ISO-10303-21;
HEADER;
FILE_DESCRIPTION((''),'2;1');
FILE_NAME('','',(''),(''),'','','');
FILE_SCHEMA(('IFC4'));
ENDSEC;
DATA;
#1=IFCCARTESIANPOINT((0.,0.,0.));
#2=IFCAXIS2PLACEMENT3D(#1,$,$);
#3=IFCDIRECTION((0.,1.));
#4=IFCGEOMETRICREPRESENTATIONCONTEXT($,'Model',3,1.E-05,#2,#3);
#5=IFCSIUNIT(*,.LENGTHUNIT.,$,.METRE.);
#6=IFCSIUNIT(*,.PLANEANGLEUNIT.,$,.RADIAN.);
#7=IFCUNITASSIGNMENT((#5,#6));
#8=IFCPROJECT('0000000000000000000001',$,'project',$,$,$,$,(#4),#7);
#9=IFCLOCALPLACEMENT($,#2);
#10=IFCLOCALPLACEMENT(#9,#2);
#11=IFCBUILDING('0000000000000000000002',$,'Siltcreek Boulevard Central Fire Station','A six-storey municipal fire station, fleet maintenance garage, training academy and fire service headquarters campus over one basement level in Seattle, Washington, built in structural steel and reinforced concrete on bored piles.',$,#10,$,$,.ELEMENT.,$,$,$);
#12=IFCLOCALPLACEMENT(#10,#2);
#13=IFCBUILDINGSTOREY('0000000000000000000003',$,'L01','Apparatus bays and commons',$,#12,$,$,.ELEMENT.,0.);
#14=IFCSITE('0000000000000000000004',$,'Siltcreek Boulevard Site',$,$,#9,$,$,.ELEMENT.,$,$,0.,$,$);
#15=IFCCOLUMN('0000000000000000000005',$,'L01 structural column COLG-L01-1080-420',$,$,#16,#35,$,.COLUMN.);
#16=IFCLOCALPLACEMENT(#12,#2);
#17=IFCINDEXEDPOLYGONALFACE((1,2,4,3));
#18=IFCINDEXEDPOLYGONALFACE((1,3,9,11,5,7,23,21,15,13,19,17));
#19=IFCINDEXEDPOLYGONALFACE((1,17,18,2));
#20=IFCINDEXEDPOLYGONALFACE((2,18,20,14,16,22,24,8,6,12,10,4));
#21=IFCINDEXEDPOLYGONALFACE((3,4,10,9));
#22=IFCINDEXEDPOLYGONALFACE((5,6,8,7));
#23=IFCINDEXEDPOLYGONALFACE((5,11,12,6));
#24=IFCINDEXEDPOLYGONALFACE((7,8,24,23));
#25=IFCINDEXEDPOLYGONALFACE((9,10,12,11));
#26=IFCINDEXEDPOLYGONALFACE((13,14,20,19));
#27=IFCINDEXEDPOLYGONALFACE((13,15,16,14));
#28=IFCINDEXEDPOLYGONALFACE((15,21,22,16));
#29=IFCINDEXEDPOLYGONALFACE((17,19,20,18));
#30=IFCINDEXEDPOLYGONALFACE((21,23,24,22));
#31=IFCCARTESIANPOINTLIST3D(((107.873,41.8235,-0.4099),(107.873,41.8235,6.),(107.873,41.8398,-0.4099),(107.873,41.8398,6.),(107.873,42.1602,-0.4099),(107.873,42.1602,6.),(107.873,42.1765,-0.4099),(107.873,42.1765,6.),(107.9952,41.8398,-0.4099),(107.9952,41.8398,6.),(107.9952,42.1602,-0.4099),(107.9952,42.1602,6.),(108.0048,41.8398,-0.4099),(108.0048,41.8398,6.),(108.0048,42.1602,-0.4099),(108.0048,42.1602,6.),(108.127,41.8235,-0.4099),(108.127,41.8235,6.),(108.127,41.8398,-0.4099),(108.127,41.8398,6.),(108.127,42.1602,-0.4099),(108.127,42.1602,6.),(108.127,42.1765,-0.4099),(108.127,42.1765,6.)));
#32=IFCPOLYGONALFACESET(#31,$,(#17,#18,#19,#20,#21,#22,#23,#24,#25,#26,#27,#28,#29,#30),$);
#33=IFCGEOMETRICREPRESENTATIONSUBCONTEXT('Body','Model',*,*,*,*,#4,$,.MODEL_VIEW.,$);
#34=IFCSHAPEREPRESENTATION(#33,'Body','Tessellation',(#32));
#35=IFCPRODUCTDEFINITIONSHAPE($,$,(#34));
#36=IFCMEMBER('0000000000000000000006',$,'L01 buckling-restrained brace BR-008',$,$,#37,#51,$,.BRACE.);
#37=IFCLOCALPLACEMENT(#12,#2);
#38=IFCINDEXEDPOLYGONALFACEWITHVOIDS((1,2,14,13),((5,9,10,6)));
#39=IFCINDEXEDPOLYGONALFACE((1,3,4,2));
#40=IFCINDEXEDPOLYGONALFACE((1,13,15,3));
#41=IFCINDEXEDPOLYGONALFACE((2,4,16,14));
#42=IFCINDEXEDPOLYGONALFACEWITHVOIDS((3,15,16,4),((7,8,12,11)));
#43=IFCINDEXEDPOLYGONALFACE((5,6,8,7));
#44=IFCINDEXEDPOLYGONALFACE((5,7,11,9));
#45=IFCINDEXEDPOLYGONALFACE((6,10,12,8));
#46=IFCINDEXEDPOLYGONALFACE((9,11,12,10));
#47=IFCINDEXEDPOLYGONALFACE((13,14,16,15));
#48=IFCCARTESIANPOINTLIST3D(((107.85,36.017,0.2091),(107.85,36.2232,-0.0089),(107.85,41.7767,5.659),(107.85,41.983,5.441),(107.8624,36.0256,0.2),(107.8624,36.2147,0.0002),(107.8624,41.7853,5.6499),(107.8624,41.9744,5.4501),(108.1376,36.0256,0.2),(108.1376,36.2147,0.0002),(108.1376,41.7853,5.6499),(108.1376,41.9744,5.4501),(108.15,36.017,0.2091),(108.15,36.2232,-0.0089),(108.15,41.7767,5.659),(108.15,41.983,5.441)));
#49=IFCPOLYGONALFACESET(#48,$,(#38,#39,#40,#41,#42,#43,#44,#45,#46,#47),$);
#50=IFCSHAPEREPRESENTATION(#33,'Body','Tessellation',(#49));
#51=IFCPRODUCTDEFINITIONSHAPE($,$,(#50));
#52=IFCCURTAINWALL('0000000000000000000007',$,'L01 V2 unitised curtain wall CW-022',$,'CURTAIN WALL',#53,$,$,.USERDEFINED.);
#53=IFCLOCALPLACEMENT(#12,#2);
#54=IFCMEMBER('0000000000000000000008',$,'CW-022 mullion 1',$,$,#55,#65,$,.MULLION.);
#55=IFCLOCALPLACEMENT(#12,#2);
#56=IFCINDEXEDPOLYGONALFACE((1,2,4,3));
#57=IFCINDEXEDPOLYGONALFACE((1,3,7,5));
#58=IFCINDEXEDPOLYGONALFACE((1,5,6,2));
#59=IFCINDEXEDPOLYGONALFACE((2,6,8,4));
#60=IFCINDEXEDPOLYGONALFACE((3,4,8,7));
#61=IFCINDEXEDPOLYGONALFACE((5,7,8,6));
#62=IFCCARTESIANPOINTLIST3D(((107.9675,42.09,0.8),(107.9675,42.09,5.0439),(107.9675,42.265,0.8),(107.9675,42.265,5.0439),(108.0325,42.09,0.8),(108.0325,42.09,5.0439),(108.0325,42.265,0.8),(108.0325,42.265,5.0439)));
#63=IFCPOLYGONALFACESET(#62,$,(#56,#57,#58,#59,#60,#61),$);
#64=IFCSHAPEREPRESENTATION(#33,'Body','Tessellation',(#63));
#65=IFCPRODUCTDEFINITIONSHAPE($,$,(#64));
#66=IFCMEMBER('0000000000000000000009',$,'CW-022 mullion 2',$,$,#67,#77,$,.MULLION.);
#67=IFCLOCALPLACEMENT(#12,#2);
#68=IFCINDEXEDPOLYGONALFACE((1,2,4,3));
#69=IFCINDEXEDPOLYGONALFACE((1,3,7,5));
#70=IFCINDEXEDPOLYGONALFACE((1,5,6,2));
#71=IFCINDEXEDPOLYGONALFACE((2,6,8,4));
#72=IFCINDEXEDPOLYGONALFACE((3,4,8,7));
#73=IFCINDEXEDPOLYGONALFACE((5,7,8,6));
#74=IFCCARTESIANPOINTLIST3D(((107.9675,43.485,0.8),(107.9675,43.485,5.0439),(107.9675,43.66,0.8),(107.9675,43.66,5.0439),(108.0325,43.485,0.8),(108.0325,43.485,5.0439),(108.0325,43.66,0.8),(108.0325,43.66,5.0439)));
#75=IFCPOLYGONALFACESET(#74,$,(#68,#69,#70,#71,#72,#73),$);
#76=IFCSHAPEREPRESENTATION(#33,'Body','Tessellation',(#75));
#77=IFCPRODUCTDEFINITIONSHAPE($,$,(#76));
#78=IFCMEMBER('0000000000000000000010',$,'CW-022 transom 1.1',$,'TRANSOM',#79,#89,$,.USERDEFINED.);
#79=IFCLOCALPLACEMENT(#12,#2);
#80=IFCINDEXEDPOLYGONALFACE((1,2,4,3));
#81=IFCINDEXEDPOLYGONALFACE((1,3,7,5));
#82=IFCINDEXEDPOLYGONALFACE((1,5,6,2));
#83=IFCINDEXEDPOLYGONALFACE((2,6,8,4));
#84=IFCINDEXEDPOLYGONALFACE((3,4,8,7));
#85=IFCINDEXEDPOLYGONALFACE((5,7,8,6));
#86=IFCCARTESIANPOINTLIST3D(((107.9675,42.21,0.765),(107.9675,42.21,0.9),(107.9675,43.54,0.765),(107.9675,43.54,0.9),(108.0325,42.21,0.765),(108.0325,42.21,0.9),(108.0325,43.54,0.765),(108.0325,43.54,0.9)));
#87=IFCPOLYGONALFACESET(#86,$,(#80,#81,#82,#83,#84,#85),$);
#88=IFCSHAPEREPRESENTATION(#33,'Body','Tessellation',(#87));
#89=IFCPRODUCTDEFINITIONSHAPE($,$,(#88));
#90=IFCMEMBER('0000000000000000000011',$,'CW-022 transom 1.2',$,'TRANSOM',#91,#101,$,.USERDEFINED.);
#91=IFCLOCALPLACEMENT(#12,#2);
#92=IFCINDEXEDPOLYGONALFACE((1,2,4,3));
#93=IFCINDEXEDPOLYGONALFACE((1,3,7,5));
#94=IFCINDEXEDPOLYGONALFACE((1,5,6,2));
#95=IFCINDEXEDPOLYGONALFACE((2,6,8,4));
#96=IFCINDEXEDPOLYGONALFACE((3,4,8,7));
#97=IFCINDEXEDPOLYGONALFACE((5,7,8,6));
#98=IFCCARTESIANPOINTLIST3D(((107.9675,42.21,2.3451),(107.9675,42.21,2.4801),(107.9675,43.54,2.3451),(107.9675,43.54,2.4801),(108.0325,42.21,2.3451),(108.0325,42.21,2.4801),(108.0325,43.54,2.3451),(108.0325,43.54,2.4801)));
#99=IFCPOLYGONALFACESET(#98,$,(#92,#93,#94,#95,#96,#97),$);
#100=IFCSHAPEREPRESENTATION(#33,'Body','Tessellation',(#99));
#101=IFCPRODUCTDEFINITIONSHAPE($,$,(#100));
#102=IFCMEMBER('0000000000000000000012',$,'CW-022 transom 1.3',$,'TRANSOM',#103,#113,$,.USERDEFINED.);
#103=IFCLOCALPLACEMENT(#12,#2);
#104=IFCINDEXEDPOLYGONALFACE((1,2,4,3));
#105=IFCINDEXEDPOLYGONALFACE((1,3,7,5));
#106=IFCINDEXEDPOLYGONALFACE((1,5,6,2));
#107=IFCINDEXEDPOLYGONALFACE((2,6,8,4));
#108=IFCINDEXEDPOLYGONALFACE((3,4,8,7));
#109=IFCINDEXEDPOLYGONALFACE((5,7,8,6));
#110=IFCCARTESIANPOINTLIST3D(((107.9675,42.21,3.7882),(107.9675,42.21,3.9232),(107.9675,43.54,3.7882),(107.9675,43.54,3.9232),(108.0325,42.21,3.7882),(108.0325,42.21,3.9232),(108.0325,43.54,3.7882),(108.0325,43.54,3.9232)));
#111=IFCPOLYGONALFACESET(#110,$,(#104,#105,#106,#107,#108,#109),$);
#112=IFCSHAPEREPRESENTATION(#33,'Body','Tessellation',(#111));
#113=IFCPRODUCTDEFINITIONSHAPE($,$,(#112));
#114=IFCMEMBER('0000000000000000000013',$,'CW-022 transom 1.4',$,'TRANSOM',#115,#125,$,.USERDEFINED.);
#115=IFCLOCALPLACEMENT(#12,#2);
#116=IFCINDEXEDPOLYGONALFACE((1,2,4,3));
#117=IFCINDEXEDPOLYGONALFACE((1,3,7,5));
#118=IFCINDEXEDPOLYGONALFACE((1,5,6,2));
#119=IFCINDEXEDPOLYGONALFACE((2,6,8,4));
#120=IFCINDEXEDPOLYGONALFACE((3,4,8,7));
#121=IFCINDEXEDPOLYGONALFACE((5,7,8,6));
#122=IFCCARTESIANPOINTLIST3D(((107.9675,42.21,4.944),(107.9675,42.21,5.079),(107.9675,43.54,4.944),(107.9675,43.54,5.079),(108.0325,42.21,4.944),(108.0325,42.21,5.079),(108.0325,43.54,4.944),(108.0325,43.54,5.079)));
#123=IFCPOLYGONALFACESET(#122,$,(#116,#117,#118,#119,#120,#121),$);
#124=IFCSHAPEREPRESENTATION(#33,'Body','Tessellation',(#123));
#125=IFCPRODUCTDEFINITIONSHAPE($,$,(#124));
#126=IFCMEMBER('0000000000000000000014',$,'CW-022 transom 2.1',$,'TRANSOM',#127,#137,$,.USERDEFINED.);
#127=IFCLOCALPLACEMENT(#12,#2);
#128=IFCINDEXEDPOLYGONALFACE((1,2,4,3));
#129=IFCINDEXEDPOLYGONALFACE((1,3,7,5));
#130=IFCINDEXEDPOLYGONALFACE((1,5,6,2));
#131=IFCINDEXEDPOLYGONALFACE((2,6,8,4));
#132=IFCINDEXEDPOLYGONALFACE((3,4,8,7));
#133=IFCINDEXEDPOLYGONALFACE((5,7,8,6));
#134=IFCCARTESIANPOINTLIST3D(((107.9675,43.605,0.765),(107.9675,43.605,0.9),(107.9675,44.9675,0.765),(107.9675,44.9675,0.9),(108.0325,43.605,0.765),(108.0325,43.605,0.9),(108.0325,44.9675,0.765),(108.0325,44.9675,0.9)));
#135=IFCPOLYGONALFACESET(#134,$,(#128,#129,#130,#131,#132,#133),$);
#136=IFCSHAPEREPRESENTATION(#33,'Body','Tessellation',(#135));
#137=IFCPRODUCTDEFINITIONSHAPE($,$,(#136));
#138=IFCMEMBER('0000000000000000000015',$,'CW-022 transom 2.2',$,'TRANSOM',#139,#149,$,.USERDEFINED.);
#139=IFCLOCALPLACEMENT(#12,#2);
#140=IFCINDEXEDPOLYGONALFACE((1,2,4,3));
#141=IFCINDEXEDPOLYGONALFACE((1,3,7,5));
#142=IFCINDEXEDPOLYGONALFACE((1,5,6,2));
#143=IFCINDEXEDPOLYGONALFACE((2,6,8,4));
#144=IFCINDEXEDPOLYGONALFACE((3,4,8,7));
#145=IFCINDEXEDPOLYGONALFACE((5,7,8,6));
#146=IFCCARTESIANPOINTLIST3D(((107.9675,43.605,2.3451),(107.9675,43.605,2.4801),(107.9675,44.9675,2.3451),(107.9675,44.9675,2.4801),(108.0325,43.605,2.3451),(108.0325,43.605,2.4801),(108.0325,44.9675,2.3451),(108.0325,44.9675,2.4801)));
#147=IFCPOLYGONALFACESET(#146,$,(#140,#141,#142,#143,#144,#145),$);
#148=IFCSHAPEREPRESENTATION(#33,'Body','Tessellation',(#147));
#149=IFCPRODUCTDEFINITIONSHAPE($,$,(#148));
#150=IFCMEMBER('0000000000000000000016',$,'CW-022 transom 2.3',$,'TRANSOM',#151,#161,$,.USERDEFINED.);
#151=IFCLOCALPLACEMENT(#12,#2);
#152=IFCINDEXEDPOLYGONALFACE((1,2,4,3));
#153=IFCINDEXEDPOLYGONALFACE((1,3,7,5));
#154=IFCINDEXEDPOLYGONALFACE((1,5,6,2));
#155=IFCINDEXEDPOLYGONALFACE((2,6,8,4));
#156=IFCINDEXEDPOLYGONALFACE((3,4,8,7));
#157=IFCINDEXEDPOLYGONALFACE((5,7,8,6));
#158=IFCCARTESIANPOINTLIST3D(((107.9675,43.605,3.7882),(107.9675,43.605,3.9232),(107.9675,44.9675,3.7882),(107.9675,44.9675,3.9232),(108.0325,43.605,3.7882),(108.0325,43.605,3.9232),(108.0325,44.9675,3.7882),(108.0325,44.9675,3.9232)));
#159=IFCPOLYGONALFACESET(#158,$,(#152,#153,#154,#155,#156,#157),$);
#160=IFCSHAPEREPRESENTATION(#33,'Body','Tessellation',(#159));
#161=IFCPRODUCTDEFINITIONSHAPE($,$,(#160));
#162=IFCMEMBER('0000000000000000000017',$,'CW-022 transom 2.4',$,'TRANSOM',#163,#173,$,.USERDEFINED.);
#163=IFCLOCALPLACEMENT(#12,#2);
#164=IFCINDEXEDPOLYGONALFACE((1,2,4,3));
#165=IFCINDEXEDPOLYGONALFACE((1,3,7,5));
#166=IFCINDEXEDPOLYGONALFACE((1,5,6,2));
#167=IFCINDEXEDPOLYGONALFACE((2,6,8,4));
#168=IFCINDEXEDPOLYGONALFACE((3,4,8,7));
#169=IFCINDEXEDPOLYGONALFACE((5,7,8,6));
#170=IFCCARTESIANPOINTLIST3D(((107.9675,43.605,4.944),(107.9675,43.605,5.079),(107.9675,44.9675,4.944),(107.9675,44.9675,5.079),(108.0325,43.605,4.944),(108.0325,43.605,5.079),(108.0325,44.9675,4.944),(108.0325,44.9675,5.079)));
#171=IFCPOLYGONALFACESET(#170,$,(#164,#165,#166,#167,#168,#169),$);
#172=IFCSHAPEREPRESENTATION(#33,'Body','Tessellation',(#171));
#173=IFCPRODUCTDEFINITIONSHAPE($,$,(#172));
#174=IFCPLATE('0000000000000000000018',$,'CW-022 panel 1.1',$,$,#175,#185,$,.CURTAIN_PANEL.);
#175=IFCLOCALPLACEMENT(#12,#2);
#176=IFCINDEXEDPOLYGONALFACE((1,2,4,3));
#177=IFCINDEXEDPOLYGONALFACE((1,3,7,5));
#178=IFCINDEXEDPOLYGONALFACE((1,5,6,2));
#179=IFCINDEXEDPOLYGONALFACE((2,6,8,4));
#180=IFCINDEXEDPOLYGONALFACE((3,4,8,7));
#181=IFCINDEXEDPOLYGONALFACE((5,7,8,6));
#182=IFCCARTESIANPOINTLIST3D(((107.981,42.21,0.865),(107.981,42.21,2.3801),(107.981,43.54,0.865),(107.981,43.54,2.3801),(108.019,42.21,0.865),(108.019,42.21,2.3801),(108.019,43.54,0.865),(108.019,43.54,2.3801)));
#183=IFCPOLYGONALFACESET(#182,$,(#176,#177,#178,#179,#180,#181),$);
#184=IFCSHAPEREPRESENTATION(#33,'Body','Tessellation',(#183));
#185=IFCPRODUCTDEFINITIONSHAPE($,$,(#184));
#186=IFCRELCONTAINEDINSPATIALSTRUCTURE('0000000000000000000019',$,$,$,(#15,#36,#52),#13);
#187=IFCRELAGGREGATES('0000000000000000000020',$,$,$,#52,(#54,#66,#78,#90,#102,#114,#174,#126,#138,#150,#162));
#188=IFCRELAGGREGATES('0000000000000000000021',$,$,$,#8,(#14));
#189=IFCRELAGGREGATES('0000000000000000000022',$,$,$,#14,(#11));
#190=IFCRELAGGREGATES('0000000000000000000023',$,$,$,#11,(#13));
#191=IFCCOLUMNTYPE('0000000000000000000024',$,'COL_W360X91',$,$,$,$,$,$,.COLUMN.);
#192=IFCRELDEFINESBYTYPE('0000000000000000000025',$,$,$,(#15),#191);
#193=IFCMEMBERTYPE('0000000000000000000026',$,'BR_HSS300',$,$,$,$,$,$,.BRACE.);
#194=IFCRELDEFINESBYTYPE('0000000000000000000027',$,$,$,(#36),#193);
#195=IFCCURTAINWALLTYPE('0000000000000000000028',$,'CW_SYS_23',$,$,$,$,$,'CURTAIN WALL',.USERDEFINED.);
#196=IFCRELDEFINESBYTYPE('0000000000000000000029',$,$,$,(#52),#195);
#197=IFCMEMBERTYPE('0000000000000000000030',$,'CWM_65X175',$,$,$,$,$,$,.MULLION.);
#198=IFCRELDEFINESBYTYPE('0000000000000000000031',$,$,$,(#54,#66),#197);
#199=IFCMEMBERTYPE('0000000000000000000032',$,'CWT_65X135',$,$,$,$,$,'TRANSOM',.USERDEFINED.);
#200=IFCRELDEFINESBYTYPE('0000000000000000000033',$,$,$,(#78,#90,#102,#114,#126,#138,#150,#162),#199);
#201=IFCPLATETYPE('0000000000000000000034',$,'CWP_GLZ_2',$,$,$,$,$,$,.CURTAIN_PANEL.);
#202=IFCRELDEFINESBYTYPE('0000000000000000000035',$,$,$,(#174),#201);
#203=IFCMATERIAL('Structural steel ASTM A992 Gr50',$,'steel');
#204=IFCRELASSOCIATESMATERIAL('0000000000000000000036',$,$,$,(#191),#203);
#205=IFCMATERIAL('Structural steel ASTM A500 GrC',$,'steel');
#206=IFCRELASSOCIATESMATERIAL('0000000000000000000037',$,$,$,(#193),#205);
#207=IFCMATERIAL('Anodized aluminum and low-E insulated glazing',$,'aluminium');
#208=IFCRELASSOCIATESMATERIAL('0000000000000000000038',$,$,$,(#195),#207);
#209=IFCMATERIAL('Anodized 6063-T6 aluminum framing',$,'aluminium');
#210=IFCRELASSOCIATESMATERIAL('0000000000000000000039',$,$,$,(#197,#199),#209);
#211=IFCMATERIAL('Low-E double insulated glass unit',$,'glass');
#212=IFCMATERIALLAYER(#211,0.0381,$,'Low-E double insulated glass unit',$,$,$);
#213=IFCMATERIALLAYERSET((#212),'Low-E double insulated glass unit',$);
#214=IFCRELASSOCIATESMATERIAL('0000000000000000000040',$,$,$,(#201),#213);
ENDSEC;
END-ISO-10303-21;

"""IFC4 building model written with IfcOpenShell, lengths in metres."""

from ifc_helpers import new_model, si_unit, direction, frame, origin, origin_2d, place, context, subcontext, project, spatial, rectangle, hollow_rectangle, i_section, extrude, material, layer, layer_set, material_profile, profile_set, type_object, element, aggregate, save


model = new_model("IFC4")

# Units and contexts
model_context = context("Model", 3, precision=1e-05, world=origin(), true_north=direction((0.0, 1.0)))
body_context = subcontext(model_context, "Body", "Model", "MODEL_VIEW")
ifc_project = project(units=[si_unit("LENGTHUNIT", "METRE"), si_unit("PLANEANGLEUNIT", "RADIAN")], contexts=[model_context])

# Site, building, storey
site_placement = place(None, origin())
site = spatial("IfcSite", under=ifc_project, at=site_placement, Name="Siltcreek Boulevard Site", CompositionType="ELEMENT", RefElevation=0.0)
building_placement = place(site_placement, origin())
building = spatial("IfcBuilding", under=site, at=building_placement, Name="Siltcreek Boulevard Central Fire Station", Description="A six-storey municipal fire station, fleet maintenance garage, training academy and fire service headquarters campus over one basement level in Seattle, Washington, built in structural steel and reinforced concrete on bored piles.", CompositionType="ELEMENT")
storey_placement = place(building_placement, origin())
storey = spatial("IfcBuildingStorey", under=building, at=storey_placement, Name="L01", Description="Apparatus bays and commons", CompositionType="ELEMENT", Elevation=0.0)

# Column
ifc_material_1 = material(Name="Structural steel ASTM A992 Gr50", Category="steel")
ifc_material_profile_1 = material_profile(ifc_material_1, i_section(OverallWidth=0.2539, OverallDepth=0.353, WebThickness=0.0095, FlangeThickness=0.0164, at=origin_2d()), Name="W360X91")
ifc_profile_set_1 = profile_set([ifc_material_profile_1], Name="Structural steel ASTM A992 Gr50")
column_type = type_object("IfcColumnType", Name="COL_W360X91", PredefinedType="COLUMN", material=ifc_profile_set_1)
for number, where, z_axis, x_axis, name in (
    (1, (108.0, 42.0, -0.4099), (0.0, 0.0, 1.0), (1.0, 0.0, 0.0), "L01 structural column COLG-L01-1080-420"),
):
    element("IfcColumn", number, at=place(storey_placement, frame(where, z_axis=z_axis, x_axis=x_axis)), inside=storey, type_object=column_type, Name=name, PredefinedType="COLUMN", context=body_context, shape_type="SweptSolid", body=[
        extrude(i_section(OverallWidth=0.2539, OverallDepth=0.353, WebThickness=0.0095, FlangeThickness=0.0164, at=origin_2d()), origin(), (0.0, 0.0, 1.0), 6.4099),
    ])

# Member
ifc_material_2 = material(Name="Structural steel ASTM A500 GrC", Category="steel")
ifc_material_profile_2 = material_profile(ifc_material_2, hollow_rectangle(XDim=0.3, YDim=0.3, WallThickness=0.0125, at=origin_2d()), Name="HSS300X300X12.5")
ifc_profile_set_2 = profile_set([ifc_material_profile_2], Name="Structural steel ASTM A500 GrC")
member_type_1 = type_object("IfcMemberType", Name="BR_HSS300", PredefinedType="BRACE", material=ifc_profile_set_2)
member_1_placement = place(storey_placement, frame((108.0, 36.1201, 0.1001), z_axis=(0.0, 0.726372, 0.687301), x_axis=(-1.0, 0.0, 0.0)))
element("IfcMember", 2, at=member_1_placement, inside=storey, type_object=member_type_1, Name="L01 buckling-restrained brace BR-008", PredefinedType="BRACE", context=body_context, shape_type="SweptSolid", body=[
    extrude(hollow_rectangle(XDim=0.3, YDim=0.3, WallThickness=0.0125, at=origin_2d()), origin(), (0.0, 0.0, 1.0), 7.9294),
])

# Curtain wall, members, plate
ifc_material_3 = material(Name="Anodized aluminum and low-E insulated glazing", Category="aluminium")
curtain_wall_type = type_object("IfcCurtainWallType", Name="CW_SYS_23", ElementType="CURTAIN WALL", PredefinedType="USERDEFINED", material=ifc_material_3)
curtain_wall_placement = place(storey_placement, origin())
curtain_wall = element("IfcCurtainWall", 3, at=curtain_wall_placement, inside=storey, type_object=curtain_wall_type, Name="L01 V2 unitised curtain wall CW-022", ObjectType="CURTAIN WALL", PredefinedType="USERDEFINED")
ifc_material_4 = material(Name="Anodized 6063-T6 aluminum framing", Category="aluminium")
ifc_material_profile_3 = material_profile(ifc_material_4, rectangle(XDim=0.0649, YDim=0.175, at=origin_2d()), Name="MULL65X175")
ifc_profile_set_3 = profile_set([ifc_material_profile_3], Name="Anodized 6063-T6 aluminum framing")
member_type_2 = type_object("IfcMemberType", Name="CWM_65X175", PredefinedType="MULLION", material=ifc_profile_set_3)
member_2_placement = place(storey_placement, frame((108.0, 42.1775, 0.8), z_axis=(0.0, 0.0, 1.0), x_axis=(-1.0, 0.0, 0.0)))
member_2 = element("IfcMember", 4, at=member_2_placement, type_object=member_type_2, Name="CW-022 mullion 1", PredefinedType="MULLION", context=body_context, shape_type="SweptSolid", body=[
    extrude(rectangle(XDim=0.0649, YDim=0.175, at=origin_2d()), origin(), (0.0, 0.0, 1.0), 4.2439),
])
member_3_placement = place(storey_placement, frame((108.0, 43.5725, 0.8), z_axis=(0.0, 0.0, 1.0), x_axis=(-1.0, 0.0, 0.0)))
member_3 = element("IfcMember", 5, at=member_3_placement, type_object=member_type_2, Name="CW-022 mullion 2", PredefinedType="MULLION", context=body_context, shape_type="SweptSolid", body=[
    extrude(rectangle(XDim=0.0649, YDim=0.175, at=origin_2d()), origin(), (0.0, 0.0, 1.0), 4.2439),
])
ifc_material_profile_4 = material_profile(ifc_material_4, rectangle(XDim=0.0649, YDim=0.135, at=origin_2d()), Name="TRAN65X135")
ifc_profile_set_4 = profile_set([ifc_material_profile_4], Name="Anodized 6063-T6 aluminum framing")
member_type_3 = type_object("IfcMemberType", Name="CWT_65X135", ElementType="TRANSOM", PredefinedType="USERDEFINED", material=ifc_profile_set_4)
member_4_placement = place(storey_placement, frame((108.0, 42.21, 0.8325), z_axis=(0.0, 1.0, 0.0), x_axis=(-1.0, 0.0, 0.0)))
member_4 = element("IfcMember", 6, at=member_4_placement, type_object=member_type_3, Name="CW-022 transom 1.1", ObjectType="TRANSOM", PredefinedType="USERDEFINED", context=body_context, shape_type="SweptSolid", body=[
    extrude(rectangle(XDim=0.0649, YDim=0.135, at=origin_2d()), origin(), (0.0, 0.0, 1.0), 1.3301),
])
member_5_placement = place(storey_placement, frame((108.0, 42.21, 2.4126), z_axis=(0.0, 1.0, 0.0), x_axis=(-1.0, 0.0, 0.0)))
member_5 = element("IfcMember", 7, at=member_5_placement, type_object=member_type_3, Name="CW-022 transom 1.2", ObjectType="TRANSOM", PredefinedType="USERDEFINED", context=body_context, shape_type="SweptSolid", body=[
    extrude(rectangle(XDim=0.0649, YDim=0.135, at=origin_2d()), origin(), (0.0, 0.0, 1.0), 1.3301),
])
member_6_placement = place(storey_placement, frame((108.0, 42.21, 3.8557), z_axis=(0.0, 1.0, 0.0), x_axis=(-1.0, 0.0, 0.0)))
member_6 = element("IfcMember", 8, at=member_6_placement, type_object=member_type_3, Name="CW-022 transom 1.3", ObjectType="TRANSOM", PredefinedType="USERDEFINED", context=body_context, shape_type="SweptSolid", body=[
    extrude(rectangle(XDim=0.0649, YDim=0.135, at=origin_2d()), origin(), (0.0, 0.0, 1.0), 1.3301),
])
member_7_placement = place(storey_placement, frame((108.0, 42.21, 5.0115), z_axis=(0.0, 1.0, 0.0), x_axis=(-1.0, 0.0, 0.0)))
member_7 = element("IfcMember", 9, at=member_7_placement, type_object=member_type_3, Name="CW-022 transom 1.4", ObjectType="TRANSOM", PredefinedType="USERDEFINED", context=body_context, shape_type="SweptSolid", body=[
    extrude(rectangle(XDim=0.0649, YDim=0.135, at=origin_2d()), origin(), (0.0, 0.0, 1.0), 1.3301),
])
member_8_placement = place(storey_placement, frame((108.0, 43.605, 0.8325), z_axis=(0.0, 1.0, 0.0), x_axis=(-1.0, 0.0, 0.0)))
member_8 = element("IfcMember", 10, at=member_8_placement, type_object=member_type_3, Name="CW-022 transom 2.1", ObjectType="TRANSOM", PredefinedType="USERDEFINED", context=body_context, shape_type="SweptSolid", body=[
    extrude(rectangle(XDim=0.0649, YDim=0.135, at=origin_2d()), origin(), (0.0, 0.0, 1.0), 1.3625),
])
member_9_placement = place(storey_placement, frame((108.0, 43.605, 2.4126), z_axis=(0.0, 1.0, 0.0), x_axis=(-1.0, 0.0, 0.0)))
member_9 = element("IfcMember", 11, at=member_9_placement, type_object=member_type_3, Name="CW-022 transom 2.2", ObjectType="TRANSOM", PredefinedType="USERDEFINED", context=body_context, shape_type="SweptSolid", body=[
    extrude(rectangle(XDim=0.0649, YDim=0.135, at=origin_2d()), origin(), (0.0, 0.0, 1.0), 1.3625),
])
member_10_placement = place(storey_placement, frame((108.0, 43.605, 3.8557), z_axis=(0.0, 1.0, 0.0), x_axis=(-1.0, 0.0, 0.0)))
member_10 = element("IfcMember", 12, at=member_10_placement, type_object=member_type_3, Name="CW-022 transom 2.3", ObjectType="TRANSOM", PredefinedType="USERDEFINED", context=body_context, shape_type="SweptSolid", body=[
    extrude(rectangle(XDim=0.0649, YDim=0.135, at=origin_2d()), origin(), (0.0, 0.0, 1.0), 1.3625),
])
member_11_placement = place(storey_placement, frame((108.0, 43.605, 5.0115), z_axis=(0.0, 1.0, 0.0), x_axis=(-1.0, 0.0, 0.0)))
member_11 = element("IfcMember", 13, at=member_11_placement, type_object=member_type_3, Name="CW-022 transom 2.4", ObjectType="TRANSOM", PredefinedType="USERDEFINED", context=body_context, shape_type="SweptSolid", body=[
    extrude(rectangle(XDim=0.0649, YDim=0.135, at=origin_2d()), origin(), (0.0, 0.0, 1.0), 1.3625),
])
ifc_material_5 = material(Name="Low-E double insulated glass unit", Category="glass")
ifc_layer_1 = layer(ifc_material_5, 0.0381, Name="Low-E double insulated glass unit")
ifc_layer_set_1 = layer_set([ifc_layer_1], Name="Low-E double insulated glass unit")
plate_type_1 = type_object("IfcPlateType", Name="CWP_GLZ_2", PredefinedType="CURTAIN_PANEL", material=ifc_layer_set_1)
plate_1_placement = place(storey_placement, frame((108.0, 42.875, 0.865), z_axis=(0.0, 0.0, 1.0), x_axis=(0.0, 1.0, 0.0)))
plate_1 = element("IfcPlate", 14, at=plate_1_placement, type_object=plate_type_1, Name="CW-022 panel 1.1", PredefinedType="CURTAIN_PANEL", context=body_context, shape_type="SweptSolid", body=[
    extrude(rectangle(XDim=1.3301, YDim=0.0381, at=origin_2d()), origin(), (0.0, 0.0, 1.0), 1.5151),
])
aggregate(curtain_wall, [member_2, member_3, member_4, member_5, member_6, member_7, plate_1, member_8, member_9, member_10, member_11])

save(model, "model.ifc")
